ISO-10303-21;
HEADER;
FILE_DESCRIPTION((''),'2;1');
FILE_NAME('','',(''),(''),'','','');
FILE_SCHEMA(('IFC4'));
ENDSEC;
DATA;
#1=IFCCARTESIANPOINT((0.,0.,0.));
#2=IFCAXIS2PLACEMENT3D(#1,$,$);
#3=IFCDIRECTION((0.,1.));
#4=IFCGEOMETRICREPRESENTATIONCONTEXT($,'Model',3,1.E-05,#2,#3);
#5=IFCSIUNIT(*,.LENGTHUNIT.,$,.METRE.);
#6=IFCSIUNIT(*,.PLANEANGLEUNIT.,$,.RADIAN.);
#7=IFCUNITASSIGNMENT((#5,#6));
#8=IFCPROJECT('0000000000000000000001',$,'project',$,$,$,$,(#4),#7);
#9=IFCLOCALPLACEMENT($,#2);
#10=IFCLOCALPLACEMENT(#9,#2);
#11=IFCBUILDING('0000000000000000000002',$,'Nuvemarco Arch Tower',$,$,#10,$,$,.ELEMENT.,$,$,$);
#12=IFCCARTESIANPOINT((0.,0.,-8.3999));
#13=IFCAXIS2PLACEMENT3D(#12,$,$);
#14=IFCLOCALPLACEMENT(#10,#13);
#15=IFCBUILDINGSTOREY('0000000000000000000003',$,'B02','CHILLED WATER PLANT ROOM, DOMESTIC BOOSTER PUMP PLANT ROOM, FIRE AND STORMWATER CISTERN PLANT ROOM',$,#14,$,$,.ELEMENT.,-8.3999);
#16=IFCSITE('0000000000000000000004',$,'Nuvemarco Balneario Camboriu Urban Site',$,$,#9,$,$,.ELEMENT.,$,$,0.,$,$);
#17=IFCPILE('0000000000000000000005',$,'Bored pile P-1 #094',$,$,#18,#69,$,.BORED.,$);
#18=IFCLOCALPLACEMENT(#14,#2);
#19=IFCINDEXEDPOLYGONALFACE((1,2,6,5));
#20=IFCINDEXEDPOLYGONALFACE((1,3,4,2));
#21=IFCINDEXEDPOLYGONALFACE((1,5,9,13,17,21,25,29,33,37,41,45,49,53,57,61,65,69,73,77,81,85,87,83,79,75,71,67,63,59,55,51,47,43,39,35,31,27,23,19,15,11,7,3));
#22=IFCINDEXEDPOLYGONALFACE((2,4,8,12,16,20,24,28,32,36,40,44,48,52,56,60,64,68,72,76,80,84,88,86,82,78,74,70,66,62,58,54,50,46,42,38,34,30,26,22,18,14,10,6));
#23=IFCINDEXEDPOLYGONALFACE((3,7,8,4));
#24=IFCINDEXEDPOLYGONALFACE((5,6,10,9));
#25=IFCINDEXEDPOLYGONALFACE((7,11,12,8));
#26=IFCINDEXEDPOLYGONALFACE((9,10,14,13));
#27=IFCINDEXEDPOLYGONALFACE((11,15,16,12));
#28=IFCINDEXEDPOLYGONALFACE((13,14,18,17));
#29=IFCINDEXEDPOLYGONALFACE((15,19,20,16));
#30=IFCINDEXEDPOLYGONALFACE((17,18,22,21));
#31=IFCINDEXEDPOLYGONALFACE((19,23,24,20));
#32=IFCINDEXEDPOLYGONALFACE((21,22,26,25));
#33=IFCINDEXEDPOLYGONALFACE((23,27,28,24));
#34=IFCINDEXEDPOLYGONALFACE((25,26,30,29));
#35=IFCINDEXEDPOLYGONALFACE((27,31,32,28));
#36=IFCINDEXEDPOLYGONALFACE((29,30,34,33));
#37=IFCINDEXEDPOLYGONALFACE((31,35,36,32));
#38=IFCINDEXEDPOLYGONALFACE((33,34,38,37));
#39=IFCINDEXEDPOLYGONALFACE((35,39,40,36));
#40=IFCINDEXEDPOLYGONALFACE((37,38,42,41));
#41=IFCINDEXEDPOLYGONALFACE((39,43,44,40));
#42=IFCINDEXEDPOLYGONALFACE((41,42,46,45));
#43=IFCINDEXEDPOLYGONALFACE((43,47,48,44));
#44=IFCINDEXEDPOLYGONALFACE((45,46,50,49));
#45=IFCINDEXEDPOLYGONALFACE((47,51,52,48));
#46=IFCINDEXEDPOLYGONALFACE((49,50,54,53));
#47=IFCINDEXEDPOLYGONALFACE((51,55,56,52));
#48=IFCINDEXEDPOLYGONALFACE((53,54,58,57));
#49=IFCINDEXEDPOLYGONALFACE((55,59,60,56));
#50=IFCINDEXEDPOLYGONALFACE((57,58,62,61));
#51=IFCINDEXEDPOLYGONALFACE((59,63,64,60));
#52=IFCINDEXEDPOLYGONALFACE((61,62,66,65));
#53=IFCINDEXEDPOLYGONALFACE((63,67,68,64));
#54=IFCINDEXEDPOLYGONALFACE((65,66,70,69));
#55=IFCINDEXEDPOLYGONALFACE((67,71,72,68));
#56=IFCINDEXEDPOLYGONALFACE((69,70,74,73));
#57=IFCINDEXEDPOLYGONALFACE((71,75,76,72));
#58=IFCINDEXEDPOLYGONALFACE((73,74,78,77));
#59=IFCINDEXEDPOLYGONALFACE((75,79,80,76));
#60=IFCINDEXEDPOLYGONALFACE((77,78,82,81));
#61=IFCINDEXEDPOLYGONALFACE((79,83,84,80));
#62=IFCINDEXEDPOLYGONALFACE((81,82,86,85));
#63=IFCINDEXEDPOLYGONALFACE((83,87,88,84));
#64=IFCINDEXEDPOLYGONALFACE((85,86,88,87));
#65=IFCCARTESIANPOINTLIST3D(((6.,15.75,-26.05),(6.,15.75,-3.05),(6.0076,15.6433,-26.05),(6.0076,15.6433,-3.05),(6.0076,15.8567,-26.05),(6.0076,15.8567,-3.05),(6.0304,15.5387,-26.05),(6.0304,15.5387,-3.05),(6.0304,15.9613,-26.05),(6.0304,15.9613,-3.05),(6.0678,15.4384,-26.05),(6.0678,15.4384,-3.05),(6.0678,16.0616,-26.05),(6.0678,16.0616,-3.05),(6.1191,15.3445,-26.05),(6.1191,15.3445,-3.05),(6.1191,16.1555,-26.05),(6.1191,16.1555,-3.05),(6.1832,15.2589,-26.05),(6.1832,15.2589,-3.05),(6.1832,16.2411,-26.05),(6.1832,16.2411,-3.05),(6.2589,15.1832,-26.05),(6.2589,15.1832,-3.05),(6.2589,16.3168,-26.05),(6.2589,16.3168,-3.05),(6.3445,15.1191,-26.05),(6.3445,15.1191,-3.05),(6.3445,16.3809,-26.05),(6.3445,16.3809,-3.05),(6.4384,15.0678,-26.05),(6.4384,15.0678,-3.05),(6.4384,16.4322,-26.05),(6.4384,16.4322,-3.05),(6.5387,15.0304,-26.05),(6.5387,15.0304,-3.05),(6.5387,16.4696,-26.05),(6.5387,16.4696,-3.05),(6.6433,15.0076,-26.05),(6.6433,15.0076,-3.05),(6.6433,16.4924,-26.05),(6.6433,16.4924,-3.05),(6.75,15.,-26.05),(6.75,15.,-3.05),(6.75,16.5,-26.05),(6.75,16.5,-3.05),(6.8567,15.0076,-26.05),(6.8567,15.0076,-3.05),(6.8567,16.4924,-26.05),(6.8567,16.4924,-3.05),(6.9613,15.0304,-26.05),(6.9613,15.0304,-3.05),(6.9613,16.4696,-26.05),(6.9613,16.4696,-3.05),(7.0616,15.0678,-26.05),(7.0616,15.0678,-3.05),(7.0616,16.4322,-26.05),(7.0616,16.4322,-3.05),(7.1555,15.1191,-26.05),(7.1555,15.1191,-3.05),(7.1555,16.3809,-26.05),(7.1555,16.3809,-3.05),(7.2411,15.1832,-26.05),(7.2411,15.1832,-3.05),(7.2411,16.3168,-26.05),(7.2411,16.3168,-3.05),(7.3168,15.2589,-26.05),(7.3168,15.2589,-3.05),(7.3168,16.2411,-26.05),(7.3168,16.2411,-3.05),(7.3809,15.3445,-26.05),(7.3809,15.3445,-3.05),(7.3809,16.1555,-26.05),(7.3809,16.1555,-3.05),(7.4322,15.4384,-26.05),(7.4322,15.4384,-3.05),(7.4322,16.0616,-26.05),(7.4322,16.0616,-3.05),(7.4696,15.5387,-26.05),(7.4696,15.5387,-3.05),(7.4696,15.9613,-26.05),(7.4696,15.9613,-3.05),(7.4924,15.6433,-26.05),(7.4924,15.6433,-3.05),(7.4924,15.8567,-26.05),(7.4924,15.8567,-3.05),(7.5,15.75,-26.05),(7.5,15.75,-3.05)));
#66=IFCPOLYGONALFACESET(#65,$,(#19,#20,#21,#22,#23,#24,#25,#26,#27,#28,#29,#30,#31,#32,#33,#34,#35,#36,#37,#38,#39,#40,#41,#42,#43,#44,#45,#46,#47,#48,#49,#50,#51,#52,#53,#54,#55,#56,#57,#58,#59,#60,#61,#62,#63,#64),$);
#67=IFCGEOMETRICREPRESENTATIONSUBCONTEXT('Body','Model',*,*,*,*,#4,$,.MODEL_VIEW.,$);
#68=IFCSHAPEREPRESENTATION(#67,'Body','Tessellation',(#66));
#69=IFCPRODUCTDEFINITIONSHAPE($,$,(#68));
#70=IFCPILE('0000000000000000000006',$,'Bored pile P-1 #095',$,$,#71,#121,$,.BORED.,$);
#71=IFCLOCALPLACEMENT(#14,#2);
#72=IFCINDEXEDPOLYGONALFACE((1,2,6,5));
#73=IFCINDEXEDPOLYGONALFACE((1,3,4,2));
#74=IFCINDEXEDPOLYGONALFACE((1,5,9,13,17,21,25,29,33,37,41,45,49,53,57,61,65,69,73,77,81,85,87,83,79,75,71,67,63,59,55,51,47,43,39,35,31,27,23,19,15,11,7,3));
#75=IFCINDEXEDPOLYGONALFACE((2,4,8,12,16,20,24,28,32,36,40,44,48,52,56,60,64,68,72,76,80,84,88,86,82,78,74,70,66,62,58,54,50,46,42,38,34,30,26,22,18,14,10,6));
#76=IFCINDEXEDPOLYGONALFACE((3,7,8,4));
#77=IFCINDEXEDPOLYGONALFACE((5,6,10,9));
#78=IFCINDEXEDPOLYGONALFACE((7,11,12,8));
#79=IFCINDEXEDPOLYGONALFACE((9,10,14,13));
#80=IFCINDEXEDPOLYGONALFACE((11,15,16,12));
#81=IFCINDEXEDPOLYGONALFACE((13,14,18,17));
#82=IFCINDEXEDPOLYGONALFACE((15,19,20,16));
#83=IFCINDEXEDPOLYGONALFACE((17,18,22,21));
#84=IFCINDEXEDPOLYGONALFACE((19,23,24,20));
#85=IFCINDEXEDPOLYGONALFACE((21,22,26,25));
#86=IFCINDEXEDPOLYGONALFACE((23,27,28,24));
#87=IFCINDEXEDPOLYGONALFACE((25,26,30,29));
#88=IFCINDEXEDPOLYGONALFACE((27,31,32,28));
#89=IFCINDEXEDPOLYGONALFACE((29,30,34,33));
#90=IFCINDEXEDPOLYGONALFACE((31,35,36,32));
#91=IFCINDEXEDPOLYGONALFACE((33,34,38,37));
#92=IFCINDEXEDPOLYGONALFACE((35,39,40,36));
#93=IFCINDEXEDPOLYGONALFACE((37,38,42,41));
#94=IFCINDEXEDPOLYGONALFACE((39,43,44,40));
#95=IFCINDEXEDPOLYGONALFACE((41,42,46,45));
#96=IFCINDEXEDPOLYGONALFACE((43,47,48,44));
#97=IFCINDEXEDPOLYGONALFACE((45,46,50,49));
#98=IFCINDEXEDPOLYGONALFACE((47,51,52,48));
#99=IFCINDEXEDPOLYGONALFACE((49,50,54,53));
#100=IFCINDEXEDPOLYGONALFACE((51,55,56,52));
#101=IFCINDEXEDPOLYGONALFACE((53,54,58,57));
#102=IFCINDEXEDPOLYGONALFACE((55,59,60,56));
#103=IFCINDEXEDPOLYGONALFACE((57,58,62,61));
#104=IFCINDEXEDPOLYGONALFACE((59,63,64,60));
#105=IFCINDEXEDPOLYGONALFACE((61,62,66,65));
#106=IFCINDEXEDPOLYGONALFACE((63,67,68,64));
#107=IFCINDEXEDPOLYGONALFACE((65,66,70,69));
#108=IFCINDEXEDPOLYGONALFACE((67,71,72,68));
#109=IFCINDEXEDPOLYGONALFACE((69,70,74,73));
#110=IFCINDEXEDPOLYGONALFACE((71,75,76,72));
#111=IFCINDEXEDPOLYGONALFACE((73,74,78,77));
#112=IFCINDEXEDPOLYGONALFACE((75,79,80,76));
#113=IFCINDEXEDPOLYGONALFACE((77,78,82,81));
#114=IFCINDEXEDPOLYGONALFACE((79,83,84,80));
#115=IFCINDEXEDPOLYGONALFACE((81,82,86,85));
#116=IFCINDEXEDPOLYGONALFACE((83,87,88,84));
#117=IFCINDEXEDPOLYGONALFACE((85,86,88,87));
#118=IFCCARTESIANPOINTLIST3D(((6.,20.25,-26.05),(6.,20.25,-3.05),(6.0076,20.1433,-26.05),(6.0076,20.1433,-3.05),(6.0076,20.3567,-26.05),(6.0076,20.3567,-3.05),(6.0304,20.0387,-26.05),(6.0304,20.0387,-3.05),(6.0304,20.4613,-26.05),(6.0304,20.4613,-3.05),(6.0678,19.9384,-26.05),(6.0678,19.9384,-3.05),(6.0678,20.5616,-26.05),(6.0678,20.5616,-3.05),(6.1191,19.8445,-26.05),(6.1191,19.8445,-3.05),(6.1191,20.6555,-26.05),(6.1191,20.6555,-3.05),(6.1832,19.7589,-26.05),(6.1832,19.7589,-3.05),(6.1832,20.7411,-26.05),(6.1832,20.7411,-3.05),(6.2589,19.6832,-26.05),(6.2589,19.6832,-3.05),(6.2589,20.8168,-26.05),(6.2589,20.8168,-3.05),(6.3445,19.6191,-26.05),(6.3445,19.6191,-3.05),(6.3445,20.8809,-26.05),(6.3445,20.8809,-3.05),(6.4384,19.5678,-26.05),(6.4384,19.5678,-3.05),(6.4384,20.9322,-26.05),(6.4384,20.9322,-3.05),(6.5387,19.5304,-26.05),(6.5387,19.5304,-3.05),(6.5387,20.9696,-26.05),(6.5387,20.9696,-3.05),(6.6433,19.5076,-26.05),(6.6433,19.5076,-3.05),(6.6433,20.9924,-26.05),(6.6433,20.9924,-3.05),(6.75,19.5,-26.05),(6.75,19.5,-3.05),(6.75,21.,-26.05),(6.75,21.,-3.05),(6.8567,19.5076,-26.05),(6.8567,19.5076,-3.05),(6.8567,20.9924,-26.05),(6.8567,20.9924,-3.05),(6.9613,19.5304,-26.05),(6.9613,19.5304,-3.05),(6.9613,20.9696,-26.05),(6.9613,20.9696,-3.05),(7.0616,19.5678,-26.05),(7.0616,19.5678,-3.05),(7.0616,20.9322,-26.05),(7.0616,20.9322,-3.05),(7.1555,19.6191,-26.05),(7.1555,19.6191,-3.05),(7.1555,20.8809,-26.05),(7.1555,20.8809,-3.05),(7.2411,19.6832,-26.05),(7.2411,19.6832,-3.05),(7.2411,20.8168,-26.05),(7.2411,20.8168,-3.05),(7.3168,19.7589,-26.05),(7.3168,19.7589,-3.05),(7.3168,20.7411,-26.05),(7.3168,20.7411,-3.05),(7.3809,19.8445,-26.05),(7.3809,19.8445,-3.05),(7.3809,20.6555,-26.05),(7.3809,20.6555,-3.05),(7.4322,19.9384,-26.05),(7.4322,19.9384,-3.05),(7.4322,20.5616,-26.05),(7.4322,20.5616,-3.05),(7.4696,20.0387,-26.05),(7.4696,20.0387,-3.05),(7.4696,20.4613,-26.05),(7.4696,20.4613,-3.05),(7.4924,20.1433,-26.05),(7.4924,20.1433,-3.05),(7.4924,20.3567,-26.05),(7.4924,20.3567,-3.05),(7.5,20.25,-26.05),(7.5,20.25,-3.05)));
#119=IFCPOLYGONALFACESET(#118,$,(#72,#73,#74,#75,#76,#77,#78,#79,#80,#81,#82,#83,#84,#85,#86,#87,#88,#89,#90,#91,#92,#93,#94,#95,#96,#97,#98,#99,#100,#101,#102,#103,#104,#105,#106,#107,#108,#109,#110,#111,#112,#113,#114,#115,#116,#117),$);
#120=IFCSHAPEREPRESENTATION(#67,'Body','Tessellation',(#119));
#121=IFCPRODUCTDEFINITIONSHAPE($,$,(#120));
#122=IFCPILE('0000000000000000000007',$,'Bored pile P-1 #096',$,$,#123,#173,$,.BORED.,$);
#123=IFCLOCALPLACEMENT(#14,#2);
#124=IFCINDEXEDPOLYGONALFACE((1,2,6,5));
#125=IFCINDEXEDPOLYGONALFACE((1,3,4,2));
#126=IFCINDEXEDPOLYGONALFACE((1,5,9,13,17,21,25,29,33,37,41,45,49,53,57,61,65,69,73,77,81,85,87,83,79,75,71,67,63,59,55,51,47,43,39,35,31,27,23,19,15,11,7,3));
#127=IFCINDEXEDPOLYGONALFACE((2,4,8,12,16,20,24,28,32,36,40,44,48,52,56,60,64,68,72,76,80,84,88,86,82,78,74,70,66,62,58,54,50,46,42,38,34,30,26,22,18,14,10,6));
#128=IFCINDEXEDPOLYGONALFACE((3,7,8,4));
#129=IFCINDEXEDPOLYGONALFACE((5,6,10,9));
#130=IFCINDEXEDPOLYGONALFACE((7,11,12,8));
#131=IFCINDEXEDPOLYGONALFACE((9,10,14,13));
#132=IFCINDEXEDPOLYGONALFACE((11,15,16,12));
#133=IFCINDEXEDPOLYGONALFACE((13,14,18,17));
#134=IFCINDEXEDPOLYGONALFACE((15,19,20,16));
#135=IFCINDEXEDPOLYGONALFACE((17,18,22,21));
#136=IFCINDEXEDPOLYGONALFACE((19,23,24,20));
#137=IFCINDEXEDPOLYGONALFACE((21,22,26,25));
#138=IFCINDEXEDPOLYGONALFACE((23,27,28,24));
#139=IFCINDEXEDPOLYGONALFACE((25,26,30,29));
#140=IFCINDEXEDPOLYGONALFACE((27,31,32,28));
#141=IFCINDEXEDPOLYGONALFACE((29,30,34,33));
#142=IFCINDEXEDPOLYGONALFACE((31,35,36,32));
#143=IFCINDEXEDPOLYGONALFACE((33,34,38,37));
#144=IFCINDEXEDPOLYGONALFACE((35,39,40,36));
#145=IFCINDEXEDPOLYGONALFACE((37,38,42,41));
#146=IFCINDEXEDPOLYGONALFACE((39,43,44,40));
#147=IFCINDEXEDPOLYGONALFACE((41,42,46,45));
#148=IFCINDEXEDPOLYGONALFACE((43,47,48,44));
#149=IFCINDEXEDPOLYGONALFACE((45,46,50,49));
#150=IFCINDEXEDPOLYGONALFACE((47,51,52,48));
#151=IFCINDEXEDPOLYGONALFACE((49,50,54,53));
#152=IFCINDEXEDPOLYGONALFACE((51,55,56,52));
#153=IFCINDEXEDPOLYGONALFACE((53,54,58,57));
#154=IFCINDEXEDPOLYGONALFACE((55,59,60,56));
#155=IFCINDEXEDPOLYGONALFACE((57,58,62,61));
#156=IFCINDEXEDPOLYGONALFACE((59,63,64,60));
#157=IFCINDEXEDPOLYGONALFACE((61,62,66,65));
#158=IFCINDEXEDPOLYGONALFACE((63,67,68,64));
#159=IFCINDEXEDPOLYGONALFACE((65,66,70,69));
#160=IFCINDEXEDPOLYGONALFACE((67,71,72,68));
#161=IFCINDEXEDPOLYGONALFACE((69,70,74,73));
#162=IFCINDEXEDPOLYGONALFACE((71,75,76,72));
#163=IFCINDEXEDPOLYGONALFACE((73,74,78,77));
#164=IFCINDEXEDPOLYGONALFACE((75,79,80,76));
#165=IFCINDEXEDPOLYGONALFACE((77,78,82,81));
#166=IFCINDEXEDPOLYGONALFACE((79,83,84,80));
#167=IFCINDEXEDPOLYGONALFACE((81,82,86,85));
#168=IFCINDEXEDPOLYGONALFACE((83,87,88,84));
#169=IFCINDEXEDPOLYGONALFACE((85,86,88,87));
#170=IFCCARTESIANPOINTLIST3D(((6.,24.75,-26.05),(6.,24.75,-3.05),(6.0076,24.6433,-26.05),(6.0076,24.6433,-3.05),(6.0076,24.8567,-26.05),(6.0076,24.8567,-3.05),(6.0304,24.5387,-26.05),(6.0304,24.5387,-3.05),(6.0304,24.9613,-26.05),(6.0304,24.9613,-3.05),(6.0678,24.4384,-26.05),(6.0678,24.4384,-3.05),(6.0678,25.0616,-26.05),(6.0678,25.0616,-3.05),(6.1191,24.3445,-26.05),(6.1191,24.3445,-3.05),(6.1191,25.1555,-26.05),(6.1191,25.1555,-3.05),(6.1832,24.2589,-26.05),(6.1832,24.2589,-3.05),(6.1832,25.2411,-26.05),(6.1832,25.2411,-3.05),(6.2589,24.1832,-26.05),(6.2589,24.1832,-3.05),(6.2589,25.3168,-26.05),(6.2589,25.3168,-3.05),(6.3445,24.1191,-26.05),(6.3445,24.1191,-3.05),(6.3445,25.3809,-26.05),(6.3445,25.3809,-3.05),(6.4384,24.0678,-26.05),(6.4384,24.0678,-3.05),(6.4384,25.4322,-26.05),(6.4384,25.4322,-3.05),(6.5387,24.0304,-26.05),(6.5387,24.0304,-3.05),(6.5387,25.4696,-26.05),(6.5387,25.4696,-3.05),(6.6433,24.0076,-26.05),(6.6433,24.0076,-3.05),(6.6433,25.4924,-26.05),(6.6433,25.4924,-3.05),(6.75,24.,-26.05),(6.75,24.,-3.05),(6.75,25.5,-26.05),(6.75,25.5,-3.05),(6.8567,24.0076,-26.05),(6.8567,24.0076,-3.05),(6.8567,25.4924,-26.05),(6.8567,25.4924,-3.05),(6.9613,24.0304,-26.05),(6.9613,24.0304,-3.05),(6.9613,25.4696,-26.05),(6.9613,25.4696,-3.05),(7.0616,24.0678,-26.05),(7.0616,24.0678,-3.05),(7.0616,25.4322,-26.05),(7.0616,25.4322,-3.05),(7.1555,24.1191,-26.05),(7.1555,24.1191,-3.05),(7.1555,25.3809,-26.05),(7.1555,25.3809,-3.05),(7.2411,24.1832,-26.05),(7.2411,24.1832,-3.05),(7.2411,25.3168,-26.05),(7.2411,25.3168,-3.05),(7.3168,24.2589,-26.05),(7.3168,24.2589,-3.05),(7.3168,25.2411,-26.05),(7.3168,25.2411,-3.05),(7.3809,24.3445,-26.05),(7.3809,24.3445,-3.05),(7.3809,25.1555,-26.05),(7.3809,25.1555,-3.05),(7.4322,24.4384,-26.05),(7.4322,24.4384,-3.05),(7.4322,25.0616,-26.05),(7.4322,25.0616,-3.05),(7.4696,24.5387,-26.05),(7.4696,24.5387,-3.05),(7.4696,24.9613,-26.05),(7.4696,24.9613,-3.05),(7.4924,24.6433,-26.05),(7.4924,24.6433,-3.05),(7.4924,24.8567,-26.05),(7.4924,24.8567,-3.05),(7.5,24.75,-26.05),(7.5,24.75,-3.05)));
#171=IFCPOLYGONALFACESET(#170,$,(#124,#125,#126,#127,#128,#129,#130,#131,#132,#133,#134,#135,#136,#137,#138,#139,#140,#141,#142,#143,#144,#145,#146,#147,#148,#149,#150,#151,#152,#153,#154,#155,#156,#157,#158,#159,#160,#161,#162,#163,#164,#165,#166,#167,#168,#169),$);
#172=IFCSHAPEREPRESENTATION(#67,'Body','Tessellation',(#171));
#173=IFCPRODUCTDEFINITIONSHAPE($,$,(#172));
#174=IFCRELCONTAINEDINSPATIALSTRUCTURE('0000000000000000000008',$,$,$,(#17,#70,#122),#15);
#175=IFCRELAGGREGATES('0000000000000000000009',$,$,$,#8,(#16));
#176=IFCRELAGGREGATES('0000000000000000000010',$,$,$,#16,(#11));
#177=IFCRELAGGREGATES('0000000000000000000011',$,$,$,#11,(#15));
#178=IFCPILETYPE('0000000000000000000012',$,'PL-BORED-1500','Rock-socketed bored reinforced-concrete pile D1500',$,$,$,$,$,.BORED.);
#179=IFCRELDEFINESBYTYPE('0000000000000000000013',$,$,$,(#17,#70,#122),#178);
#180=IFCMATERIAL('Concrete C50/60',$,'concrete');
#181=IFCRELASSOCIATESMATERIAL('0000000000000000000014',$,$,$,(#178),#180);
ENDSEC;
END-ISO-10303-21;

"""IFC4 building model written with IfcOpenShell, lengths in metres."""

from ifc_helpers import new_model, si_unit, direction, frame, origin, origin_2d, place, context, subcontext, project, spatial, circle, extrude, material, material_profile, profile_set, type_object, element, save


model = new_model("IFC4")

# Units and contexts
model_context = context("Model", 3, precision=1e-05, world=origin(), true_north=direction((0.0, 1.0)))
body_context = subcontext(model_context, "Body", "Model", "MODEL_VIEW")
ifc_project = project(units=[si_unit("LENGTHUNIT", "METRE"), si_unit("PLANEANGLEUNIT", "RADIAN")], contexts=[model_context])

# Site, building, storey
site_placement = place(None, origin())
site = spatial("IfcSite", under=ifc_project, at=site_placement, Name="Nuvemarco Balneario Camboriu Urban Site", CompositionType="ELEMENT", RefElevation=0.0)
building_placement = place(site_placement, origin())
building = spatial("IfcBuilding", under=site, at=building_placement, Name="Nuvemarco Arch Tower", CompositionType="ELEMENT")
storey_placement = place(building_placement, frame((0.0, 0.0, -8.3999)))
storey = spatial("IfcBuildingStorey", under=building, at=storey_placement, Name="B02", Description="CHILLED WATER PLANT ROOM, DOMESTIC BOOSTER PUMP PLANT ROOM, FIRE AND STORMWATER CISTERN PLANT ROOM", CompositionType="ELEMENT", Elevation=-8.3999)

# Piles
ifc_material_1 = material(Name="Concrete C50/60", Category="concrete")
ifc_material_profile_1 = material_profile(ifc_material_1, circle(Radius=0.75, at=origin_2d()), Name="PILE-D1500")
ifc_profile_set_1 = profile_set([ifc_material_profile_1], Name="Concrete C50/60")
pile_type = type_object("IfcPileType", Name="PL-BORED-1500", Description="Rock-socketed bored reinforced-concrete pile D1500", PredefinedType="BORED", material=ifc_profile_set_1)
for number, where, z_axis, x_axis, name in (
    (1, (6.75, 15.75, -3.05), (0.0, 0.0, -1.0), (1.0, 0.0, 0.0), "Bored pile P-1 #094"),
    (2, (6.75, 20.25, -3.05), (0.0, 0.0, -1.0), (1.0, 0.0, 0.0), "Bored pile P-1 #095"),
    (3, (6.75, 24.75, -3.05), (0.0, 0.0, -1.0), (1.0, 0.0, 0.0), "Bored pile P-1 #096"),
):
    element("IfcPile", number, at=place(storey_placement, frame(where, z_axis=z_axis, x_axis=x_axis)), inside=storey, type_object=pile_type, Name=name, PredefinedType="BORED", context=body_context, shape_type="SweptSolid", body=[
        extrude(circle(Radius=0.75, at=origin_2d()), origin(), (0.0, 0.0, 1.0), 23.0),
    ])

save(model, "model.ifc")
